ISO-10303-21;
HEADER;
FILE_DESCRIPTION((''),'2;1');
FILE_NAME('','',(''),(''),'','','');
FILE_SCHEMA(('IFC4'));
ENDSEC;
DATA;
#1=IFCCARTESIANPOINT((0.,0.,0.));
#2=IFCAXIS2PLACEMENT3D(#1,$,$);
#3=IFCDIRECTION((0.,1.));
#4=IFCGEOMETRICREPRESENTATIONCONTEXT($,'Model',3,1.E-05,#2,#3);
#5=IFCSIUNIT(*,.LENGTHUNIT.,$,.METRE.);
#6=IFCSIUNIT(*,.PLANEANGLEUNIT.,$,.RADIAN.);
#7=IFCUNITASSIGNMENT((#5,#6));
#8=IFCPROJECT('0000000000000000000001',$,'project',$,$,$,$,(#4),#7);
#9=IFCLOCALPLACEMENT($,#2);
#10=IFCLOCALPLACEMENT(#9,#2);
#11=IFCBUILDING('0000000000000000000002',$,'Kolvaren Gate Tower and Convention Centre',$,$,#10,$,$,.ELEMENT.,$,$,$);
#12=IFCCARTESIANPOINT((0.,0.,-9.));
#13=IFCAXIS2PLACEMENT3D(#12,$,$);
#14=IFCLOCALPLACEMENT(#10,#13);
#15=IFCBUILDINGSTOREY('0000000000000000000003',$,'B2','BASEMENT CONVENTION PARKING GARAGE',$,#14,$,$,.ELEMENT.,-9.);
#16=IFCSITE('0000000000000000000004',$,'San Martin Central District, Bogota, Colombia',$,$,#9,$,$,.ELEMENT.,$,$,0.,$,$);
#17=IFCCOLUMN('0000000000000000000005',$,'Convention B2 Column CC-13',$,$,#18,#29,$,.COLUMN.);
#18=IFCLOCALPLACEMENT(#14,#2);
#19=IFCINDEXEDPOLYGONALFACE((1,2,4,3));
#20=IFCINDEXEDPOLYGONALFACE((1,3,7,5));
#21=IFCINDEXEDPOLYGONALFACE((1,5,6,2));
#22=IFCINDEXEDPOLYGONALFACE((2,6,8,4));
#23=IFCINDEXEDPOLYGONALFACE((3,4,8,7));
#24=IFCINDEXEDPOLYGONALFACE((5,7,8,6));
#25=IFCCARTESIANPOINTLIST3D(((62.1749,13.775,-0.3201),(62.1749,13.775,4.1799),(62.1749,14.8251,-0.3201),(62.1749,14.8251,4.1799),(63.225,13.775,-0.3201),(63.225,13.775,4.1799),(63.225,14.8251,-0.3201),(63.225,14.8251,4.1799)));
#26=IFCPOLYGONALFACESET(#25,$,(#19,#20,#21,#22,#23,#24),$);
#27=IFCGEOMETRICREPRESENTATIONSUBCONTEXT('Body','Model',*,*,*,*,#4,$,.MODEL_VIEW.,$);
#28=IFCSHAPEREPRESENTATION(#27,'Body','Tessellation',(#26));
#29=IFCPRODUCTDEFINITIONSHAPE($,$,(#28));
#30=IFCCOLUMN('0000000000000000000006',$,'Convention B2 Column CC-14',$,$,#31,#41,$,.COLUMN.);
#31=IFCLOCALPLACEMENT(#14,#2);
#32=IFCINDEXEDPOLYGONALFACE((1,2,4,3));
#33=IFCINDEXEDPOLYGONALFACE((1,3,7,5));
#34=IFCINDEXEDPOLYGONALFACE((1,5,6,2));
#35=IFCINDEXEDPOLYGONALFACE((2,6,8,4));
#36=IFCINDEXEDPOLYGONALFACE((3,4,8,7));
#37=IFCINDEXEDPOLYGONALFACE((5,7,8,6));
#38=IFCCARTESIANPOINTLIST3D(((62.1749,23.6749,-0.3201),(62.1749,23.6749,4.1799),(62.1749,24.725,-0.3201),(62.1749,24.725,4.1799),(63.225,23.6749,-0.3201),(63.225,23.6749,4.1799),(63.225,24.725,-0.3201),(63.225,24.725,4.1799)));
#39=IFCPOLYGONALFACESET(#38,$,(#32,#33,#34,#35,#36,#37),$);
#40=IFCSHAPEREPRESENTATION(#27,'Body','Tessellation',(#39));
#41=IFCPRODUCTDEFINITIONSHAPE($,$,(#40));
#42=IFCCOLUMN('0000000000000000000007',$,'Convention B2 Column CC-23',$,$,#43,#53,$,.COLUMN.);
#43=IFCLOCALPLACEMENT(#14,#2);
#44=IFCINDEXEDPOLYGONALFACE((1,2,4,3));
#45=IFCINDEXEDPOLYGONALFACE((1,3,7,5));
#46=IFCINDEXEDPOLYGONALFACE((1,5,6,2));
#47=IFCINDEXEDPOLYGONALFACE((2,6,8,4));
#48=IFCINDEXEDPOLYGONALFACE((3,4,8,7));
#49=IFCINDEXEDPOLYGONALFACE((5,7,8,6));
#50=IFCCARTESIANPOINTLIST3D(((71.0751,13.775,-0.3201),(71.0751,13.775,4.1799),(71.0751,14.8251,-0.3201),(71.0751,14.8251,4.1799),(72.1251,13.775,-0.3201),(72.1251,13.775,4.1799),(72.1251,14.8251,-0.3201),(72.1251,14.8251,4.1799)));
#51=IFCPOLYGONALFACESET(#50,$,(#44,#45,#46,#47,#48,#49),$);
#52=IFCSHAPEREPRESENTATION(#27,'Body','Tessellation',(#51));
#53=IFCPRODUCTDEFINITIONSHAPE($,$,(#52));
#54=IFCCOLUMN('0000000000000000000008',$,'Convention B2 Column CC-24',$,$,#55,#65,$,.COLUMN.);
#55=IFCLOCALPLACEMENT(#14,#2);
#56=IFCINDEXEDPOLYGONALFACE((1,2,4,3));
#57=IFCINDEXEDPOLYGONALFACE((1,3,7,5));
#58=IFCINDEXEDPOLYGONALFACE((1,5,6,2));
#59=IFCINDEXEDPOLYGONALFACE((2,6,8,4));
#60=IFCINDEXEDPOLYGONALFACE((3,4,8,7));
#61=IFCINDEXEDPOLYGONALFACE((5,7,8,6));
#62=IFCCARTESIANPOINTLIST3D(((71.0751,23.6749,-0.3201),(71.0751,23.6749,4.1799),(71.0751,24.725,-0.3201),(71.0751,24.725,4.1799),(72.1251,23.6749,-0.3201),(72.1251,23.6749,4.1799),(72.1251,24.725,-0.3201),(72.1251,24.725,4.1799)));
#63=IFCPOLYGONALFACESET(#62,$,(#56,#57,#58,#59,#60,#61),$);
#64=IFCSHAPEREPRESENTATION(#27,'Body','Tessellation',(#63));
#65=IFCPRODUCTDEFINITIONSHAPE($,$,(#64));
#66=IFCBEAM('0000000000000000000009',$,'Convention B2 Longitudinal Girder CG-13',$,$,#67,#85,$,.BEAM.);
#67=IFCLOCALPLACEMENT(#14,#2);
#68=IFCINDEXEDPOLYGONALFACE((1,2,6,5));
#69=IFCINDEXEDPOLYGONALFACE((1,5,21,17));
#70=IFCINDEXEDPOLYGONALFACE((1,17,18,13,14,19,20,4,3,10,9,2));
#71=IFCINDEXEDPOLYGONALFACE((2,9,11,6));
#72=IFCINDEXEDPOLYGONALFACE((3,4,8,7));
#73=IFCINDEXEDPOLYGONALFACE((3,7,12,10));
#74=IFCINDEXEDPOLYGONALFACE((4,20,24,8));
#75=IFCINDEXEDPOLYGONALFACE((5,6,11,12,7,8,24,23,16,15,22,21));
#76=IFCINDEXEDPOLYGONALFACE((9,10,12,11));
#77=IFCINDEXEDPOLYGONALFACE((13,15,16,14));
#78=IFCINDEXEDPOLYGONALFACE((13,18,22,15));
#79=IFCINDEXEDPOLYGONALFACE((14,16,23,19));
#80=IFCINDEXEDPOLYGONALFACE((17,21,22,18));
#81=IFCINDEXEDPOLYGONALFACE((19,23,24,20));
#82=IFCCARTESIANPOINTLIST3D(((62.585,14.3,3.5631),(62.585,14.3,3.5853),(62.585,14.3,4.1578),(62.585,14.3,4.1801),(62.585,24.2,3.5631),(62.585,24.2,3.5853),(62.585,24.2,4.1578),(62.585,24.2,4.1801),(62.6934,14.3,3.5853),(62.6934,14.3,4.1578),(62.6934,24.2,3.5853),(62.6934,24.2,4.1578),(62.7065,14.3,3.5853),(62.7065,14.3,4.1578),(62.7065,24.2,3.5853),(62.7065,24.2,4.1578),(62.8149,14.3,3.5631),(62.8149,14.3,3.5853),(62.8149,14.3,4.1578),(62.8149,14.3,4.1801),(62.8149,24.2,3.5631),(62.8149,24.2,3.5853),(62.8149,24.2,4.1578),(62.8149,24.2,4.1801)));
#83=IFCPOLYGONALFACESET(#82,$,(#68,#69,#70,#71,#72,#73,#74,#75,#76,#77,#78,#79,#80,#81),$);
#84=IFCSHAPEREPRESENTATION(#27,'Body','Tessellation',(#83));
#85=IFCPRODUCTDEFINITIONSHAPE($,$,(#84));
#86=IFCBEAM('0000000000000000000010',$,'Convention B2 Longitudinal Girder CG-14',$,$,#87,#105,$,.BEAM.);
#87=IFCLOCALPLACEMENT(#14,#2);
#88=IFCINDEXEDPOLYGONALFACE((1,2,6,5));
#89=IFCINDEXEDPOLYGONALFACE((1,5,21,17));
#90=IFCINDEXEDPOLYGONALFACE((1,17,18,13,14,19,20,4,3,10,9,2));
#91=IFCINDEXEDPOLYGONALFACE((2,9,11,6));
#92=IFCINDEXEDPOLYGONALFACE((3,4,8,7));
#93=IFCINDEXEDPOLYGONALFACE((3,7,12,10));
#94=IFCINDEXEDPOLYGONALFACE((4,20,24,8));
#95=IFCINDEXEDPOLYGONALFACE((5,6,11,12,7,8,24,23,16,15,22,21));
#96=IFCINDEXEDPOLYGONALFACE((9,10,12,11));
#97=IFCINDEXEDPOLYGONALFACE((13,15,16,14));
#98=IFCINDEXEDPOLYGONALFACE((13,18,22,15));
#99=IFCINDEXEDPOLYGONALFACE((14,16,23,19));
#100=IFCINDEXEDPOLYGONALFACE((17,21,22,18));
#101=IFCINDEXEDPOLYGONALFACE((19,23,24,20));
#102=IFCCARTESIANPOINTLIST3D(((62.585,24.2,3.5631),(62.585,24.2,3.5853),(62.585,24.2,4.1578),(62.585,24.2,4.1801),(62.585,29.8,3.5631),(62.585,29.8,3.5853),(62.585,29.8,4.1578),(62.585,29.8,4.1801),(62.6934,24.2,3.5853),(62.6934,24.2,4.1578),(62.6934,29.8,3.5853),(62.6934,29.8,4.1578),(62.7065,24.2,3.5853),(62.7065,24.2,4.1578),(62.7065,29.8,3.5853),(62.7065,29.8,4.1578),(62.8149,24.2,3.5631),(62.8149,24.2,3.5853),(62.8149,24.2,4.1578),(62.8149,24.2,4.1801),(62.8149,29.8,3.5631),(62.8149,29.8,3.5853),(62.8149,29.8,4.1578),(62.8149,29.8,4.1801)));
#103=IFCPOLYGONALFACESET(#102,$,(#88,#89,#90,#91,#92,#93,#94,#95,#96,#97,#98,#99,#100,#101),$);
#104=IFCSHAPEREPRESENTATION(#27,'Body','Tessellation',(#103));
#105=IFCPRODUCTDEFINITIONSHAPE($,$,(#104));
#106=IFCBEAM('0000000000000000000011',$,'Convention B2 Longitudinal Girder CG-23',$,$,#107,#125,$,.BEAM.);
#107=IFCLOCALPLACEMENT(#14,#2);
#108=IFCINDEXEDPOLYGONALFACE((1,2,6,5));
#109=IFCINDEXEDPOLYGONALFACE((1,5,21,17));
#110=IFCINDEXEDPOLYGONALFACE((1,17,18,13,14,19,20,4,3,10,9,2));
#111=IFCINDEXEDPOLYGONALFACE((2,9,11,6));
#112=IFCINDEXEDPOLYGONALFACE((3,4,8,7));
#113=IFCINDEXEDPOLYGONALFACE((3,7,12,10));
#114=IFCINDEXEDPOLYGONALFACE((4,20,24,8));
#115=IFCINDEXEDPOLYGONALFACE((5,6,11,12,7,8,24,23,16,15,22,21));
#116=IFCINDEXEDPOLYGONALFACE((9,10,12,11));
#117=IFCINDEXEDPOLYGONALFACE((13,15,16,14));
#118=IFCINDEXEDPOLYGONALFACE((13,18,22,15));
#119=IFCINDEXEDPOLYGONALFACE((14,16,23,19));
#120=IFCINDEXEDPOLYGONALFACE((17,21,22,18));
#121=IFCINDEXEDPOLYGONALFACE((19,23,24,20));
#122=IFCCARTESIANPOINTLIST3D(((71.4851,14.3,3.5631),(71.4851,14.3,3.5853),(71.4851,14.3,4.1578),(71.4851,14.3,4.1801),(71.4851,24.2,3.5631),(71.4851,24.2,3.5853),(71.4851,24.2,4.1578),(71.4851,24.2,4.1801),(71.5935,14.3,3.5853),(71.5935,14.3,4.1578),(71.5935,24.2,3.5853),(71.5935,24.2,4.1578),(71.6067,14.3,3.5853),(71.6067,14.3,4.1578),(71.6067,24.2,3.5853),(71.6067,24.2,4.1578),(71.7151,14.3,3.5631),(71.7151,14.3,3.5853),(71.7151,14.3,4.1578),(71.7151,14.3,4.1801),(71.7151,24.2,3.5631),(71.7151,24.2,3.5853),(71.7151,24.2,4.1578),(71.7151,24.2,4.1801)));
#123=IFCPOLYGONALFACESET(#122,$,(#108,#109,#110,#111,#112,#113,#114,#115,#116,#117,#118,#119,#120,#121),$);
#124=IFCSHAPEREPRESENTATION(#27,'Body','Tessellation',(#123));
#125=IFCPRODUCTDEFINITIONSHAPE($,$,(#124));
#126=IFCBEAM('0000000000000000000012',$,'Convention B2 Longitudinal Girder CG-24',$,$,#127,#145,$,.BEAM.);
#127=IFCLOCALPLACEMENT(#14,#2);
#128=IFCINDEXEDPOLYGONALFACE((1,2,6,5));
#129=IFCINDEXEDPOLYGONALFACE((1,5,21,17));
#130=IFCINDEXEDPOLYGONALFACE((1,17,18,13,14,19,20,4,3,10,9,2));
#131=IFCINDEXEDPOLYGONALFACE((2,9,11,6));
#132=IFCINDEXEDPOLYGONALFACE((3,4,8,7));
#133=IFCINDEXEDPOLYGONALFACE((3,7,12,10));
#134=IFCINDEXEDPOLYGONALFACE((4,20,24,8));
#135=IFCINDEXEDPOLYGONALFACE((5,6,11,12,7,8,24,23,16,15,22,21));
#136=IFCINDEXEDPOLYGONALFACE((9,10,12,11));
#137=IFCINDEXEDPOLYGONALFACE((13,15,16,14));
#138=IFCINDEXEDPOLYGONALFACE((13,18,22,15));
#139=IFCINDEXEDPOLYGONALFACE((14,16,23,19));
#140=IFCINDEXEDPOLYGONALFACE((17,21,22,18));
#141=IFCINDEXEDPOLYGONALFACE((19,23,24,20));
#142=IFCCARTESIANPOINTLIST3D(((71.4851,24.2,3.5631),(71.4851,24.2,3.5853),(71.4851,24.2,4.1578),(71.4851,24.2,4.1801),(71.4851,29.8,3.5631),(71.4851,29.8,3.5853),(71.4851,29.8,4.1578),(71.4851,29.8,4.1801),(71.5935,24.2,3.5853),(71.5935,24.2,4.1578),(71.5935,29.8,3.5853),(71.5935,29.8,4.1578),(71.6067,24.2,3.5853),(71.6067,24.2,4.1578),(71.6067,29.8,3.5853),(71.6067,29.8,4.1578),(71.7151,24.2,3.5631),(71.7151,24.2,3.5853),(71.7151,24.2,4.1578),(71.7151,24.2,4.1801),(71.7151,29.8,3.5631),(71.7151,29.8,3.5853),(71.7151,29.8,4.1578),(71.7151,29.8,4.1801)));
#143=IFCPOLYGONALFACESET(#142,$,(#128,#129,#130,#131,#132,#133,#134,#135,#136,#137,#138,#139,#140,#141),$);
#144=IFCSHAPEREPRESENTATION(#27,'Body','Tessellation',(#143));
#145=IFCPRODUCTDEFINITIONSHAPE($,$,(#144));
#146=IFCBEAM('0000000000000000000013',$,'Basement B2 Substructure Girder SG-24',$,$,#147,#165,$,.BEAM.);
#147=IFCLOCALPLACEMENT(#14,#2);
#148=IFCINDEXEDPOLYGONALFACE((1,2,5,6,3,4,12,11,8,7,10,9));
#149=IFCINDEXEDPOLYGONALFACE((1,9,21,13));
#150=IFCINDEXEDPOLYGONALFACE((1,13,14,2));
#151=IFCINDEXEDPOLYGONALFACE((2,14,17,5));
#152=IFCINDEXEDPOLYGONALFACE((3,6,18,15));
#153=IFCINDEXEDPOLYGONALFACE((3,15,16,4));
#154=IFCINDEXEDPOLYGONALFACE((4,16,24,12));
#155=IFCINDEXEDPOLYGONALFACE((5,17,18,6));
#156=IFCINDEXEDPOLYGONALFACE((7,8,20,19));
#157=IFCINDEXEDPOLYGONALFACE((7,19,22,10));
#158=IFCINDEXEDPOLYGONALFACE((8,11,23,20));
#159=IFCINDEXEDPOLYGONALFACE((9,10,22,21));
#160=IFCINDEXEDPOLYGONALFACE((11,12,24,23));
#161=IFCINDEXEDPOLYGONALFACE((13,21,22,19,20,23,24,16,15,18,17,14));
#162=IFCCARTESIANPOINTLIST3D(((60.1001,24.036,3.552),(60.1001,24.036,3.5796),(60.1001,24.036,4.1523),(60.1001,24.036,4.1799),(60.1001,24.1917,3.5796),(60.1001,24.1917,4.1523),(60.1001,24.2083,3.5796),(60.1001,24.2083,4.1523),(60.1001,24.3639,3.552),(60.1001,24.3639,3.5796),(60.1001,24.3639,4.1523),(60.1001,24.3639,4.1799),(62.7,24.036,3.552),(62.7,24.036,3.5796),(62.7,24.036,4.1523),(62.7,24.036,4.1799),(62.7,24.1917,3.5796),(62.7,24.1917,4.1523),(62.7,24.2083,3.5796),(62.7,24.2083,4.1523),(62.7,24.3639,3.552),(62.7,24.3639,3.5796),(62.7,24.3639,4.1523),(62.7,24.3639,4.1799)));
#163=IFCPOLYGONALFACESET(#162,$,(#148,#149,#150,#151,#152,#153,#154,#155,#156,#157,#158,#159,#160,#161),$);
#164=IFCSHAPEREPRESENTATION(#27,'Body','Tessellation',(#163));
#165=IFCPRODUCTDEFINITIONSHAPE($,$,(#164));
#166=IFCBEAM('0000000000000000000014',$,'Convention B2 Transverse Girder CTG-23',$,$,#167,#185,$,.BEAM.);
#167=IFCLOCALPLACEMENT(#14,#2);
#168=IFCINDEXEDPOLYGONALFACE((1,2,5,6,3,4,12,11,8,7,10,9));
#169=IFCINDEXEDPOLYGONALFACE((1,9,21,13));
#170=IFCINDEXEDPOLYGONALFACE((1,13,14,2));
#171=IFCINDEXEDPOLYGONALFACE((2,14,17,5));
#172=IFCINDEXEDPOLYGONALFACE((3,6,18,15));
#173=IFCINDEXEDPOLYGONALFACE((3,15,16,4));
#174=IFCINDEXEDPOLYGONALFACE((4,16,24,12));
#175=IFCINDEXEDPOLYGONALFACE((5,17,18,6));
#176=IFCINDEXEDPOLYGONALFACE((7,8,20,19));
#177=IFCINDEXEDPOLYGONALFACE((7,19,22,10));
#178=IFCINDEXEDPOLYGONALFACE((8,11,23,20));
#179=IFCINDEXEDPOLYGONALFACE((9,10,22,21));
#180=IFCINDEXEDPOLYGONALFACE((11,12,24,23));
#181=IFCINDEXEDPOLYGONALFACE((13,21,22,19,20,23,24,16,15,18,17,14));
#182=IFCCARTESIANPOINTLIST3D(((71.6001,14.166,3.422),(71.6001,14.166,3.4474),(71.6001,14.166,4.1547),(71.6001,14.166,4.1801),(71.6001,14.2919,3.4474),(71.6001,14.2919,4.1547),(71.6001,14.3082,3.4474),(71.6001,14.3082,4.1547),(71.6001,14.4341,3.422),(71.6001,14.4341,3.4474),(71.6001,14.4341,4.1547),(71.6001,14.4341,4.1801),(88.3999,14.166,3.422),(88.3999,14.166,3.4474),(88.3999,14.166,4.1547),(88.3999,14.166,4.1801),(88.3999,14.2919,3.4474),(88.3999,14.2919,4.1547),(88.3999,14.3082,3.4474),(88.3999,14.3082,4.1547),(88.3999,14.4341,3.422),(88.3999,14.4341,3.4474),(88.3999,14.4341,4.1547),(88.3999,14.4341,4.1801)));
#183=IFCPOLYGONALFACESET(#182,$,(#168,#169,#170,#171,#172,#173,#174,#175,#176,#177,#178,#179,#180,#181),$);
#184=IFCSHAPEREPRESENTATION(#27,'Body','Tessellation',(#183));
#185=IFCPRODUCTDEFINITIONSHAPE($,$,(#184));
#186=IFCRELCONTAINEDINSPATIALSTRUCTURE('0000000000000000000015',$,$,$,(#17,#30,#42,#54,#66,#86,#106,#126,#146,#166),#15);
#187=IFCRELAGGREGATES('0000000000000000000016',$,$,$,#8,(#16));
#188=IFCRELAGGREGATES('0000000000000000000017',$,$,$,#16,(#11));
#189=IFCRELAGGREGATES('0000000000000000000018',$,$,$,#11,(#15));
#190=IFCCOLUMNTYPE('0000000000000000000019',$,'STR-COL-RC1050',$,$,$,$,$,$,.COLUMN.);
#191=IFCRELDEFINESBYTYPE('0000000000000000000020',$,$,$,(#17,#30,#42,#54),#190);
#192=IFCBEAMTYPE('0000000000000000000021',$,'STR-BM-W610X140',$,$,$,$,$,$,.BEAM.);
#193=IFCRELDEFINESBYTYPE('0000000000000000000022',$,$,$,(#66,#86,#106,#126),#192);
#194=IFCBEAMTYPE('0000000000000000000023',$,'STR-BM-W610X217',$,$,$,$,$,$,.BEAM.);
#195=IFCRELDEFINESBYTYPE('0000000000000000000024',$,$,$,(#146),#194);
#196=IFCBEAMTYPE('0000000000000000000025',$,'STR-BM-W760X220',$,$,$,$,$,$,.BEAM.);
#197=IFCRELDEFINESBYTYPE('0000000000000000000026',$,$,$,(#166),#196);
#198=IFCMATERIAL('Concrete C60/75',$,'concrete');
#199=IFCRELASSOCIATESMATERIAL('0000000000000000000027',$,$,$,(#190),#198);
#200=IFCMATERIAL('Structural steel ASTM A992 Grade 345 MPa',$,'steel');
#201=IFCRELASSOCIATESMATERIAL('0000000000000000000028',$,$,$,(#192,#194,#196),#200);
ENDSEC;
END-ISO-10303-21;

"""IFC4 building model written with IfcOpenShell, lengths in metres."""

from ifc_helpers import new_model, si_unit, direction, frame, origin, origin_2d, place, context, subcontext, project, spatial, rectangle, i_section, extrude, material, material_profile, profile_set, type_object, element, save


model = new_model("IFC4")

# Units and contexts
model_context = context("Model", 3, precision=1e-05, world=origin(), true_north=direction((0.0, 1.0)))
body_context = subcontext(model_context, "Body", "Model", "MODEL_VIEW")
ifc_project = project(units=[si_unit("LENGTHUNIT", "METRE"), si_unit("PLANEANGLEUNIT", "RADIAN")], contexts=[model_context])

# Site, building, storey
site_placement = place(None, origin())
site = spatial("IfcSite", under=ifc_project, at=site_placement, Name="San Martin Central District, Bogota, Colombia", CompositionType="ELEMENT", RefElevation=0.0)
building_placement = place(site_placement, origin())
building = spatial("IfcBuilding", under=site, at=building_placement, Name="Kolvaren Gate Tower and Convention Centre", CompositionType="ELEMENT")
storey_placement = place(building_placement, frame((0.0, 0.0, -9.0)))
storey = spatial("IfcBuildingStorey", under=building, at=storey_placement, Name="B2", Description="BASEMENT CONVENTION PARKING GARAGE", CompositionType="ELEMENT", Elevation=-9.0)

# Columns
ifc_material_1 = material(Name="Concrete C60/75", Category="concrete")
ifc_material_profile_1 = material_profile(ifc_material_1, rectangle(XDim=1.05, YDim=1.05, at=origin_2d()), Name="RC-COL-1050X1050")
ifc_profile_set_1 = profile_set([ifc_material_profile_1], Name="Concrete C60/75")
column_type = type_object("IfcColumnType", Name="STR-COL-RC1050", PredefinedType="COLUMN", material=ifc_profile_set_1)
for number, where, z_axis, x_axis, name in (
    (1, (62.7, 14.3, -0.3201), (0.0, 0.0, 1.0), (1.0, 0.0, 0.0), "Convention B2 Column CC-13"),
    (2, (62.7, 24.2, -0.3201), (0.0, 0.0, 1.0), (1.0, 0.0, 0.0), "Convention B2 Column CC-14"),
    (3, (71.6001, 14.3, -0.3201), (0.0, 0.0, 1.0), (1.0, 0.0, 0.0), "Convention B2 Column CC-23"),
    (4, (71.6001, 24.2, -0.3201), (0.0, 0.0, 1.0), (1.0, 0.0, 0.0), "Convention B2 Column CC-24"),
):
    element("IfcColumn", number, at=place(storey_placement, frame(where, z_axis=z_axis, x_axis=x_axis)), inside=storey, type_object=column_type, Name=name, PredefinedType="COLUMN", context=body_context, shape_type="SweptSolid", body=[
        extrude(rectangle(XDim=1.05, YDim=1.05, at=origin_2d()), origin(), (0.0, 0.0, 1.0), 4.5),
    ])

# Beams
ifc_material_2 = material(Name="Structural steel ASTM A992 Grade 345 MPa", Category="steel")
ifc_material_profile_2 = material_profile(ifc_material_2, i_section(OverallWidth=0.23, OverallDepth=0.6169, WebThickness=0.0132, FlangeThickness=0.0222, at=origin_2d()), Name="W610X140")
ifc_profile_set_2 = profile_set([ifc_material_profile_2], Name="Structural steel ASTM A992 Grade 345 MPa")
beam_type_1 = type_object("IfcBeamType", Name="STR-BM-W610X140", PredefinedType="BEAM", material=ifc_profile_set_2)
beam_1_placement = place(storey_placement, frame((62.7, 14.3, 3.8716), z_axis=(0.0, 1.0, 0.0), x_axis=(-1.0, 0.0, 0.0)))
element("IfcBeam", 5, at=beam_1_placement, inside=storey, type_object=beam_type_1, Name="Convention B2 Longitudinal Girder CG-13", PredefinedType="BEAM", context=body_context, shape_type="SweptSolid", body=[
    extrude(i_section(OverallWidth=0.23, OverallDepth=0.6169, WebThickness=0.0132, FlangeThickness=0.0222, at=origin_2d()), origin(), (0.0, 0.0, 1.0), 9.8999),
])
beam_2_placement = place(storey_placement, frame((62.7, 24.2, 3.8716), z_axis=(0.0, 1.0, 0.0), x_axis=(-1.0, 0.0, 0.0)))
element("IfcBeam", 6, at=beam_2_placement, inside=storey, type_object=beam_type_1, Name="Convention B2 Longitudinal Girder CG-14", PredefinedType="BEAM", context=body_context, shape_type="SweptSolid", body=[
    extrude(i_section(OverallWidth=0.23, OverallDepth=0.6169, WebThickness=0.0132, FlangeThickness=0.0222, at=origin_2d()), origin(), (0.0, 0.0, 1.0), 5.6001),
])
beam_3_placement = place(storey_placement, frame((71.6001, 14.3, 3.8716), z_axis=(0.0, 1.0, 0.0), x_axis=(-1.0, 0.0, 0.0)))
element("IfcBeam", 7, at=beam_3_placement, inside=storey, type_object=beam_type_1, Name="Convention B2 Longitudinal Girder CG-23", PredefinedType="BEAM", context=body_context, shape_type="SweptSolid", body=[
    extrude(i_section(OverallWidth=0.23, OverallDepth=0.6169, WebThickness=0.0132, FlangeThickness=0.0222, at=origin_2d()), origin(), (0.0, 0.0, 1.0), 9.8999),
])
beam_4_placement = place(storey_placement, frame((71.6001, 24.2, 3.8716), z_axis=(0.0, 1.0, 0.0), x_axis=(-1.0, 0.0, 0.0)))
element("IfcBeam", 8, at=beam_4_placement, inside=storey, type_object=beam_type_1, Name="Convention B2 Longitudinal Girder CG-24", PredefinedType="BEAM", context=body_context, shape_type="SweptSolid", body=[
    extrude(i_section(OverallWidth=0.23, OverallDepth=0.6169, WebThickness=0.0132, FlangeThickness=0.0222, at=origin_2d()), origin(), (0.0, 0.0, 1.0), 5.6001),
])
ifc_material_profile_3 = material_profile(ifc_material_2, i_section(OverallWidth=0.3279, OverallDepth=0.6279, WebThickness=0.0166, FlangeThickness=0.0276, at=origin_2d()), Name="W610X217")
ifc_profile_set_3 = profile_set([ifc_material_profile_3], Name="Structural steel ASTM A992 Grade 345 MPa")
beam_type_2 = type_object("IfcBeamType", Name="STR-BM-W610X217", PredefinedType="BEAM", material=ifc_profile_set_3)
beam_5_placement = place(storey_placement, frame((60.1001, 24.2, 3.866), z_axis=(1.0, 0.0, 0.0), x_axis=(0.0, 1.0, 0.0)))
element("IfcBeam", 9, at=beam_5_placement, inside=storey, type_object=beam_type_2, Name="Basement B2 Substructure Girder SG-24", PredefinedType="BEAM", context=body_context, shape_type="SweptSolid", body=[
    extrude(i_section(OverallWidth=0.3279, OverallDepth=0.6279, WebThickness=0.0166, FlangeThickness=0.0276, at=origin_2d()), origin(), (0.0, 0.0, 1.0), 2.5999),
])
ifc_material_profile_4 = material_profile(ifc_material_2, i_section(OverallWidth=0.2681, OverallDepth=0.7581, WebThickness=0.0164, FlangeThickness=0.0254, at=origin_2d()), Name="W760X220")
ifc_profile_set_4 = profile_set([ifc_material_profile_4], Name="Structural steel ASTM A992 Grade 345 MPa")
beam_type_3 = type_object("IfcBeamType", Name="STR-BM-W760X220", PredefinedType="BEAM", material=ifc_profile_set_4)
beam_6_placement = place(storey_placement, frame((71.6001, 14.3, 3.801), z_axis=(1.0, 0.0, 0.0), x_axis=(0.0, 1.0, 0.0)))
element("IfcBeam", 10, at=beam_6_placement, inside=storey, type_object=beam_type_3, Name="Convention B2 Transverse Girder CTG-23", PredefinedType="BEAM", context=body_context, shape_type="SweptSolid", body=[
    extrude(i_section(OverallWidth=0.2681, OverallDepth=0.7581, WebThickness=0.0164, FlangeThickness=0.0254, at=origin_2d()), origin(), (0.0, 0.0, 1.0), 16.7998),
])

save(model, "model.ifc")
